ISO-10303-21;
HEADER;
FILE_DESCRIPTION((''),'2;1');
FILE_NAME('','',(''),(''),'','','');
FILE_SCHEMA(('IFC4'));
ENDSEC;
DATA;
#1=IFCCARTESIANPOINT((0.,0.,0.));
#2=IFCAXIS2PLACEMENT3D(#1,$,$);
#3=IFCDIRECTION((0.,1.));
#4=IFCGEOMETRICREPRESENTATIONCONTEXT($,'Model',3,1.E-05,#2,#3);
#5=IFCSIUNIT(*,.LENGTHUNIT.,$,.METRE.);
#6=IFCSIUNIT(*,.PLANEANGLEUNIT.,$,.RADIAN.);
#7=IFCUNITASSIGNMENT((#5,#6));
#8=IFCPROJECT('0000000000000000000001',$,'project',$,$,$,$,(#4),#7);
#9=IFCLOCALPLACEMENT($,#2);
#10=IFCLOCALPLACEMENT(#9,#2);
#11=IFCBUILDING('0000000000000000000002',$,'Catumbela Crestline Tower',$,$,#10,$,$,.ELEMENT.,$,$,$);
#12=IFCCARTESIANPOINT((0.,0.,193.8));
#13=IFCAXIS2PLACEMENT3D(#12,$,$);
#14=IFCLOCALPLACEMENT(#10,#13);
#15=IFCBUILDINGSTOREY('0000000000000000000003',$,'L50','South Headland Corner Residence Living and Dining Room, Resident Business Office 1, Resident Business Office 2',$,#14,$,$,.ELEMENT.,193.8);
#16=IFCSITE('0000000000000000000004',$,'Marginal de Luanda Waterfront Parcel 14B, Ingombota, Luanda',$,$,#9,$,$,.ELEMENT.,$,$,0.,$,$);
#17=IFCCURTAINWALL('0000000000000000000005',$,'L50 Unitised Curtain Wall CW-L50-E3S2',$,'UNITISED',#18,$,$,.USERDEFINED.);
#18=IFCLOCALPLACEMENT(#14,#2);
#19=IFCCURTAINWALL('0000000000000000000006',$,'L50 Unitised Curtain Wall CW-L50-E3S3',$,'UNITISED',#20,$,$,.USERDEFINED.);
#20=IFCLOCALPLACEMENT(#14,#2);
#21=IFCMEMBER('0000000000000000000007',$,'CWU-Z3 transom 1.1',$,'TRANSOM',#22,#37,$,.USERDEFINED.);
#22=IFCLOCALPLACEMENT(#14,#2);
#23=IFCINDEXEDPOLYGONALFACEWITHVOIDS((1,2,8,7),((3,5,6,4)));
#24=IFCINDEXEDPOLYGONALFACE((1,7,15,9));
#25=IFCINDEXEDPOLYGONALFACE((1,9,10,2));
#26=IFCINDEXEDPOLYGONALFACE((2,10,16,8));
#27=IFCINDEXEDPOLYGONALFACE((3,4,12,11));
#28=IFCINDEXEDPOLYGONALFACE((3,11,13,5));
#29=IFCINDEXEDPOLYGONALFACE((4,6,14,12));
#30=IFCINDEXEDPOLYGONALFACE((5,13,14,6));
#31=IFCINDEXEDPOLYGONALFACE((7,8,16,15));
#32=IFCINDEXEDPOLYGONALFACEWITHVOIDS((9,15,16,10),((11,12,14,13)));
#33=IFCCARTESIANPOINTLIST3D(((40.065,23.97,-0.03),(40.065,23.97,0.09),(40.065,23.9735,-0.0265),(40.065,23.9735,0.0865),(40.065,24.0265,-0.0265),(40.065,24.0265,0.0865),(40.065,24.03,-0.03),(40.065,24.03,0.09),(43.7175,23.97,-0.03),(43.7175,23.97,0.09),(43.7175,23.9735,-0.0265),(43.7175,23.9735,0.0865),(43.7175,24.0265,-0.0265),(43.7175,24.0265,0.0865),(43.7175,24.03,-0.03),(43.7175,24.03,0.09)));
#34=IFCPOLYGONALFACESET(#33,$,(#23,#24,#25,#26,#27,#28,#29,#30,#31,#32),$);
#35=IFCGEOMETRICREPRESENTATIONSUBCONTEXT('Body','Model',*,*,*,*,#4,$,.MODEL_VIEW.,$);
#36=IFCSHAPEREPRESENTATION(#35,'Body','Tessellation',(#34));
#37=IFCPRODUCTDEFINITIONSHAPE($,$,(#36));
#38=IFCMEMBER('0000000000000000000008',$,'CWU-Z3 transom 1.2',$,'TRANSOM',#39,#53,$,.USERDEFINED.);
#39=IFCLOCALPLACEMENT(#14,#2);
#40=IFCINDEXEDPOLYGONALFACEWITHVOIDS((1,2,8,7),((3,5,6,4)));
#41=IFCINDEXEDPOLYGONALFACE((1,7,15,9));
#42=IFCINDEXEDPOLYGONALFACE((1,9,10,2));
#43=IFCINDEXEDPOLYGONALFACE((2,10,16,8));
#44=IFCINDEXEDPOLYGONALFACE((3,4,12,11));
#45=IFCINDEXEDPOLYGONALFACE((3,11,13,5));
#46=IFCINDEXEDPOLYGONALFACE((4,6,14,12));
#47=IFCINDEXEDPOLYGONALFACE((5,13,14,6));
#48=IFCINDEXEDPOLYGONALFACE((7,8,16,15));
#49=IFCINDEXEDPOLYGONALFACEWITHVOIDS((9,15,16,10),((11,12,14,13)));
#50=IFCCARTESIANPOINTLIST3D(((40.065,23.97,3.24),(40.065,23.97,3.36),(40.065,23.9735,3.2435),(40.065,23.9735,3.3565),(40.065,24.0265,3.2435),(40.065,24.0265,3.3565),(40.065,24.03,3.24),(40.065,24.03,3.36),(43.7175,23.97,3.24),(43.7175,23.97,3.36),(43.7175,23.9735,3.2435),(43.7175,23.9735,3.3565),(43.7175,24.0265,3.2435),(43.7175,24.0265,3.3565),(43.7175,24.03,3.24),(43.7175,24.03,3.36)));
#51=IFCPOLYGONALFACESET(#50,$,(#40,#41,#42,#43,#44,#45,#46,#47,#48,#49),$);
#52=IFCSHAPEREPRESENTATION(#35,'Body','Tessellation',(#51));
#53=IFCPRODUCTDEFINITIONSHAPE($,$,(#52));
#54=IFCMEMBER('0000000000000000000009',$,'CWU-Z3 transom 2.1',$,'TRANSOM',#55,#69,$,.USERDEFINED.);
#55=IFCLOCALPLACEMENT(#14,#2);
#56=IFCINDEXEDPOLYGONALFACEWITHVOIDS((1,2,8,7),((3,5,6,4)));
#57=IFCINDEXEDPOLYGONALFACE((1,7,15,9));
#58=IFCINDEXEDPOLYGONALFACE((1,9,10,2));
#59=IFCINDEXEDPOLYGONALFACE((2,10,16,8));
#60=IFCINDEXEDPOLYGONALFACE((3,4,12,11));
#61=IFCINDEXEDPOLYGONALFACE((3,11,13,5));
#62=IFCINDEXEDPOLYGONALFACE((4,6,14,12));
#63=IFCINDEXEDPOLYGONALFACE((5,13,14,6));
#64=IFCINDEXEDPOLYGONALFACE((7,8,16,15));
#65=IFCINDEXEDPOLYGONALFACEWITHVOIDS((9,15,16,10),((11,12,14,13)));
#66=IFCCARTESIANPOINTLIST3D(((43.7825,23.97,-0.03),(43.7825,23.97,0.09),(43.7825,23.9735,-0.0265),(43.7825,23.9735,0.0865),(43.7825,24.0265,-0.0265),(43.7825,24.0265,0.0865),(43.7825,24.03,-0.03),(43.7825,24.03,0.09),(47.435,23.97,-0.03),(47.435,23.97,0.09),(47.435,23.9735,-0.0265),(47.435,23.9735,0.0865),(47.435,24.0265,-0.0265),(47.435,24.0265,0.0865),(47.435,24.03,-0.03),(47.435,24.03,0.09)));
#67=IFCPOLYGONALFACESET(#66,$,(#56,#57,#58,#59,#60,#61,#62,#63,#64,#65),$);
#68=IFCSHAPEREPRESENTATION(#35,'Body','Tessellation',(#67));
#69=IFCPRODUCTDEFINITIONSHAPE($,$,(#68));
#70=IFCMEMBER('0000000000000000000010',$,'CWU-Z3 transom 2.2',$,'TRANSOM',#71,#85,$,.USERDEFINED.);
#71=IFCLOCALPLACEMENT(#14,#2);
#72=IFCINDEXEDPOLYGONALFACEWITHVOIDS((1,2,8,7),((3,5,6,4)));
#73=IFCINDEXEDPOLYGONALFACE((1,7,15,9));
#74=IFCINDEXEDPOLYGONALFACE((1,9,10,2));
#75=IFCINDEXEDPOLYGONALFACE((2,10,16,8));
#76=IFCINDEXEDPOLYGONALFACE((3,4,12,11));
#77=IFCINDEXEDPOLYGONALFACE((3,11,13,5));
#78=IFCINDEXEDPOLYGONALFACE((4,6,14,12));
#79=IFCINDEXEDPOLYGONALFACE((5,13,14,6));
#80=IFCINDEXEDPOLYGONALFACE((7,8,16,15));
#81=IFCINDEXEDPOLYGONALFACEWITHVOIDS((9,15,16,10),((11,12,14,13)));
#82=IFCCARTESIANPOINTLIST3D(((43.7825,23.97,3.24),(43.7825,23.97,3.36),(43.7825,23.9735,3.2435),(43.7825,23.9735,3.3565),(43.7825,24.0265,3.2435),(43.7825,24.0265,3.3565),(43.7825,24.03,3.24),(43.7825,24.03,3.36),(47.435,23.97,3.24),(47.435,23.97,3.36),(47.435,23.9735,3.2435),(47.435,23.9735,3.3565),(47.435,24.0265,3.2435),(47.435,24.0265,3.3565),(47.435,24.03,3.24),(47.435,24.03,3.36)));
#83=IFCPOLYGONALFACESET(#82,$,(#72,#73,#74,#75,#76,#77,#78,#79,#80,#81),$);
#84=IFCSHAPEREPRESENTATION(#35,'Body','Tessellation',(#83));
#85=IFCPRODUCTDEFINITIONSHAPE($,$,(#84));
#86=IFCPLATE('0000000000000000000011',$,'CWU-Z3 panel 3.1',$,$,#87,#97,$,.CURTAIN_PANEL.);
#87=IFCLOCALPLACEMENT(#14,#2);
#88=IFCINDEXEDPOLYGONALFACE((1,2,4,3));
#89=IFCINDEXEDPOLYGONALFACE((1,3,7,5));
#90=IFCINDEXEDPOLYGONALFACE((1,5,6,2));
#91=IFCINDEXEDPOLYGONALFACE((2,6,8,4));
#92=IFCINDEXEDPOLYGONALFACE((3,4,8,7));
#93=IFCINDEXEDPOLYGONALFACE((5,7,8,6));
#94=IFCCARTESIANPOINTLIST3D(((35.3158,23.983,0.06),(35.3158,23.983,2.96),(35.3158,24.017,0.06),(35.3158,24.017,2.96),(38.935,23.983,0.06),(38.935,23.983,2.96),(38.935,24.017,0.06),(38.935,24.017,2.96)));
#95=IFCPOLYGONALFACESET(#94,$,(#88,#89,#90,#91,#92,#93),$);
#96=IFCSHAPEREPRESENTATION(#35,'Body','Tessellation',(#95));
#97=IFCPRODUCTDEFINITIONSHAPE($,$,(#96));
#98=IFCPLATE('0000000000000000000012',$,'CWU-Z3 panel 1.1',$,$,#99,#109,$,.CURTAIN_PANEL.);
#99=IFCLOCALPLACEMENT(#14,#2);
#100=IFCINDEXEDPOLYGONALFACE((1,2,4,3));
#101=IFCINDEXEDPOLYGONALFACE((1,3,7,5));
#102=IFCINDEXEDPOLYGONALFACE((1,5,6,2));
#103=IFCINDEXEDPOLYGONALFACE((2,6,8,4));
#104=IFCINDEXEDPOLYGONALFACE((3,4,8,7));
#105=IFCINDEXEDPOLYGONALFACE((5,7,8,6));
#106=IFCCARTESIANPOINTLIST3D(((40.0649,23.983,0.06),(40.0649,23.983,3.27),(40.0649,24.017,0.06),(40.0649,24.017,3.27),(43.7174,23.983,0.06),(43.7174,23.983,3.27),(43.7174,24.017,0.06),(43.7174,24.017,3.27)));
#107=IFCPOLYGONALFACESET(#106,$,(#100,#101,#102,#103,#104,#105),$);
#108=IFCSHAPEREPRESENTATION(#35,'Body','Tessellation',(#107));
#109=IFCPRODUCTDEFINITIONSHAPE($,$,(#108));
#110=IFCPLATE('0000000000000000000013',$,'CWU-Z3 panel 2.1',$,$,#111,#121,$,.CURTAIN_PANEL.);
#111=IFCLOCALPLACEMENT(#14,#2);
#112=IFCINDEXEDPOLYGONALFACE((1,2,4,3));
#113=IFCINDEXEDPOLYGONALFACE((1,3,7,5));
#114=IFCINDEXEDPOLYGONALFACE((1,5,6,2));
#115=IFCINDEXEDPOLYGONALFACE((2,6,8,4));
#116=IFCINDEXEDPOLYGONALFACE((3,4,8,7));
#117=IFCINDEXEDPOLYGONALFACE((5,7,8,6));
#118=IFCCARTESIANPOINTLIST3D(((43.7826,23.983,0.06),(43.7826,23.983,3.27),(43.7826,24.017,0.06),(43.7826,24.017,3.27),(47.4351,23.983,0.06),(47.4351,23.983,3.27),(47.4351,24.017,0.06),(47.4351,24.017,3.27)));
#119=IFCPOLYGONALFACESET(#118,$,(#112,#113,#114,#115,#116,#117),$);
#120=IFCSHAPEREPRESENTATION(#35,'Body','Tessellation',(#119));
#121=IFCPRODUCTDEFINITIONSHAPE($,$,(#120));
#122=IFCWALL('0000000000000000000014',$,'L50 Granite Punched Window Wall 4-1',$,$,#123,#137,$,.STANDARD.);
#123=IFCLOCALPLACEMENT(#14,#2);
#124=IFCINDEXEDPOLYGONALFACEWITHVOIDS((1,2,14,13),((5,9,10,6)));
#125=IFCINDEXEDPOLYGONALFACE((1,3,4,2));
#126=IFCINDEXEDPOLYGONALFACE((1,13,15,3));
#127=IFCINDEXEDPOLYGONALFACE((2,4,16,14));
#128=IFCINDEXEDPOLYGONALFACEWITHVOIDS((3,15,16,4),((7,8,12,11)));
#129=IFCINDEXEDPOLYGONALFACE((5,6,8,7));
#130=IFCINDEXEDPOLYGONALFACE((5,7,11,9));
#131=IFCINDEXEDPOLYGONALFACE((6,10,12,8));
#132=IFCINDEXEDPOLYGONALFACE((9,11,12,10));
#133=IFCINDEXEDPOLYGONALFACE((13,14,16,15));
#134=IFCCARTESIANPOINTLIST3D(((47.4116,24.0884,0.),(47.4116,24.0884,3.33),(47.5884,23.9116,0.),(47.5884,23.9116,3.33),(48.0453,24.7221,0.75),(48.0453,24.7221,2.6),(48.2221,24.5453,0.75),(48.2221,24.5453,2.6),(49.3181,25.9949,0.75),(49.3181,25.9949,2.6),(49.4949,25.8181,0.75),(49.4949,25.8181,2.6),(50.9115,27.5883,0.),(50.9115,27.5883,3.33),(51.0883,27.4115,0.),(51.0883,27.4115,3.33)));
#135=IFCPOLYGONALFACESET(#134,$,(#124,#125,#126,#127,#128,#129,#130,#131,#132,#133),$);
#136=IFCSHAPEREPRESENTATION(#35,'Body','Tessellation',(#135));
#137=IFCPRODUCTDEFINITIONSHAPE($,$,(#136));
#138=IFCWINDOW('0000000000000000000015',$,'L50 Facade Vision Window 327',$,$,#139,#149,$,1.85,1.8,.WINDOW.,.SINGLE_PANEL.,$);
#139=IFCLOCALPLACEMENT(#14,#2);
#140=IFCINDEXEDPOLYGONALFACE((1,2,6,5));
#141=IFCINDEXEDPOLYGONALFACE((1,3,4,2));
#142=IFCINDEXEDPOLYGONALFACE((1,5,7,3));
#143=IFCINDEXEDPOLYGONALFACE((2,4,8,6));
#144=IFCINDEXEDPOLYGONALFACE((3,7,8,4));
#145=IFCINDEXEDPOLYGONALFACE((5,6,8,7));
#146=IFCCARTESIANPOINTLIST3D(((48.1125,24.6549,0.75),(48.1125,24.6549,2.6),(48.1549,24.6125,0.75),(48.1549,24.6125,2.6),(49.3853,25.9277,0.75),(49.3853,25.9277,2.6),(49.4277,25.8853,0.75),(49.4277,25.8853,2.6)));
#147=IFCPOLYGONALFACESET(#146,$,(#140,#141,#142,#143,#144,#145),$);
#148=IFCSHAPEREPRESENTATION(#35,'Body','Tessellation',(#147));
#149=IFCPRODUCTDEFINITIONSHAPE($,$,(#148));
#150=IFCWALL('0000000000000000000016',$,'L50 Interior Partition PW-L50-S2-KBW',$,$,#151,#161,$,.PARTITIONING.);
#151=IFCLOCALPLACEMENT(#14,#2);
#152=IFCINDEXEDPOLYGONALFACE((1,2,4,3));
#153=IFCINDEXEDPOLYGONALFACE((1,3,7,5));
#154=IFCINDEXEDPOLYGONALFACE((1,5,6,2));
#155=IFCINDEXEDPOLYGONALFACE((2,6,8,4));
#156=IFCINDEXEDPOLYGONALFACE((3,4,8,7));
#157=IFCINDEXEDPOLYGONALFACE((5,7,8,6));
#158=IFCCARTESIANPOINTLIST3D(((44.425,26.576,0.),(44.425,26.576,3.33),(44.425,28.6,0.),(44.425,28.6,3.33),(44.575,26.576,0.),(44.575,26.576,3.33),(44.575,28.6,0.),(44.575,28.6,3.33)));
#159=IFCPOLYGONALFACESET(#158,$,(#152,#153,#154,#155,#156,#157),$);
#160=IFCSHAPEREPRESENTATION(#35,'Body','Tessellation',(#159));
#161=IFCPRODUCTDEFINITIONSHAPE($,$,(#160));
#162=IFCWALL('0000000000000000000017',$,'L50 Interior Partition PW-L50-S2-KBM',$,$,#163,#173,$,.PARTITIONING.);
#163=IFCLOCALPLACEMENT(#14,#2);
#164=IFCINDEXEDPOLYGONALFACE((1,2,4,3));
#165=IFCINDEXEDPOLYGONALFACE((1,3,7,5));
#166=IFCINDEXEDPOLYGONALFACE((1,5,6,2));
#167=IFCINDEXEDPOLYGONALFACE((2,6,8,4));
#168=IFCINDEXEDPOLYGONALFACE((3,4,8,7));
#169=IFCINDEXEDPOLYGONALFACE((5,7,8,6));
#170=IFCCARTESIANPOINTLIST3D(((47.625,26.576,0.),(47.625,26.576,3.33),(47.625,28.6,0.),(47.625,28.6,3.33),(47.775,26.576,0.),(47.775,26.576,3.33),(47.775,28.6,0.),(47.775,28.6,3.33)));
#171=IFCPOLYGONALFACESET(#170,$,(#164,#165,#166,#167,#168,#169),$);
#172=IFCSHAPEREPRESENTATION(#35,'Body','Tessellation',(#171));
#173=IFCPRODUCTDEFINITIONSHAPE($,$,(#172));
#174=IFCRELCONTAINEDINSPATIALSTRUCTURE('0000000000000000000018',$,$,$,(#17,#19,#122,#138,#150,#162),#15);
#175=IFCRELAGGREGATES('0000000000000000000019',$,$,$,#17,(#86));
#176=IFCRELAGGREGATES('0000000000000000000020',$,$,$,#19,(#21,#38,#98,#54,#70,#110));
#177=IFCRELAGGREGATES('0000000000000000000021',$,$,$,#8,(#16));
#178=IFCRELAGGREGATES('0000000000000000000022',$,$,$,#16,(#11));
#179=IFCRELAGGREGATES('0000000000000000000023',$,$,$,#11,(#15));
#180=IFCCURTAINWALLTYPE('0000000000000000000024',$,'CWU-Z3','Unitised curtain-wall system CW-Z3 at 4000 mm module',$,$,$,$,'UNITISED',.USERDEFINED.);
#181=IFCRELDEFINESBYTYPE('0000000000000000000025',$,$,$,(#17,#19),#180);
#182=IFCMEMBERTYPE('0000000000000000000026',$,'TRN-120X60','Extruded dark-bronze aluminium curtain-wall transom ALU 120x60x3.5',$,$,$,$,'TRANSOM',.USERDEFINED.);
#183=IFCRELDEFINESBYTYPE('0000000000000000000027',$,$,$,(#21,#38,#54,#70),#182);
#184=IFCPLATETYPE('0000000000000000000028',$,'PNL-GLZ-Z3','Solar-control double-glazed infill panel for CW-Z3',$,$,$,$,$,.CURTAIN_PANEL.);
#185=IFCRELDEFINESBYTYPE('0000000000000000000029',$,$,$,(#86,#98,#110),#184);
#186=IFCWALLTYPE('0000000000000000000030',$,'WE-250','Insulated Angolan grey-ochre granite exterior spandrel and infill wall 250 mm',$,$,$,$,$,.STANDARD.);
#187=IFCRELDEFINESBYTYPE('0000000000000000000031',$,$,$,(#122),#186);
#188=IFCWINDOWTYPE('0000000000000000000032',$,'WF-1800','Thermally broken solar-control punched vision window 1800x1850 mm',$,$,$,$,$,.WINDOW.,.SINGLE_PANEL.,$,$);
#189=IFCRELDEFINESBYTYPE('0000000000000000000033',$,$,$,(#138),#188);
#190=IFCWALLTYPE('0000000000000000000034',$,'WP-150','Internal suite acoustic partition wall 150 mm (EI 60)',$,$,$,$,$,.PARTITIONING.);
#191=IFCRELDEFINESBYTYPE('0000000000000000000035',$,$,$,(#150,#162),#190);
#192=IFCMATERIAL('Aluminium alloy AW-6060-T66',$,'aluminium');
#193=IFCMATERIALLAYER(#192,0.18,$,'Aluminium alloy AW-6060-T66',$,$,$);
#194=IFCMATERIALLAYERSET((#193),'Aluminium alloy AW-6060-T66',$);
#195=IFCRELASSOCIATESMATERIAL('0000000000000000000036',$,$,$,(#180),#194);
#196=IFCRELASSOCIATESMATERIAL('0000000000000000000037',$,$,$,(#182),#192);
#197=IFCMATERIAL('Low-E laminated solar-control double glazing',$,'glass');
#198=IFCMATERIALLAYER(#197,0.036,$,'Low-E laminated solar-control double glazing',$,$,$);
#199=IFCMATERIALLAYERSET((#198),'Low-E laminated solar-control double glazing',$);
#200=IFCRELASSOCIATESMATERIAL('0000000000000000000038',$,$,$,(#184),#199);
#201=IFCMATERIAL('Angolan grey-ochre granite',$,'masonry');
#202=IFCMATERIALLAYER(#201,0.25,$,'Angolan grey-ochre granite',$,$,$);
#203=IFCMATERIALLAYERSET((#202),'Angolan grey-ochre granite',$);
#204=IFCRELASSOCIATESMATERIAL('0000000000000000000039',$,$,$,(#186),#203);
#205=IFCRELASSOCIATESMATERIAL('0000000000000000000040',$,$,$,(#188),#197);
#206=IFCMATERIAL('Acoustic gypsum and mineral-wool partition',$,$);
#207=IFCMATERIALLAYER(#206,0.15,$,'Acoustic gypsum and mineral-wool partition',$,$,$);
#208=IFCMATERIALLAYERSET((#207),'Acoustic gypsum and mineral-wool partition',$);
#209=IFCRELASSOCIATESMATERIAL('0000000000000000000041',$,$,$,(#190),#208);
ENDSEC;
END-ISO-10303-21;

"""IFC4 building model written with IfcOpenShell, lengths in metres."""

from ifc_helpers import new_model, si_unit, direction, frame, frame_2d, origin, origin_2d, place, context, subcontext, project, spatial, rectangle, hollow_rectangle, extrude, material, layer, layer_set, material_profile, profile_set, type_object, element, fill, aggregate, save


model = new_model("IFC4")

# Units and contexts
model_context = context("Model", 3, precision=1e-05, world=origin(), true_north=direction((0.0, 1.0)))
body_context = subcontext(model_context, "Body", "Model", "MODEL_VIEW")
ifc_project = project(units=[si_unit("LENGTHUNIT", "METRE"), si_unit("PLANEANGLEUNIT", "RADIAN")], contexts=[model_context])

# Site, building, storey
site_placement = place(None, origin())
site = spatial("IfcSite", under=ifc_project, at=site_placement, Name="Marginal de Luanda Waterfront Parcel 14B, Ingombota, Luanda", CompositionType="ELEMENT", RefElevation=0.0)
building_placement = place(site_placement, origin())
building = spatial("IfcBuilding", under=site, at=building_placement, Name="Catumbela Crestline Tower", CompositionType="ELEMENT")
storey_placement = place(building_placement, frame((0.0, 0.0, 193.8)))
storey = spatial("IfcBuildingStorey", under=building, at=storey_placement, Name="L50", Description="South Headland Corner Residence Living and Dining Room, Resident Business Office 1, Resident Business Office 2", CompositionType="ELEMENT", Elevation=193.8)

# Curtain wall
ifc_material_1 = material(Name="Aluminium alloy AW-6060-T66", Category="aluminium")
ifc_layer_1 = layer(ifc_material_1, 0.18, Name="Aluminium alloy AW-6060-T66")
ifc_layer_set_1 = layer_set([ifc_layer_1], Name="Aluminium alloy AW-6060-T66")
curtain_wall_type = type_object("IfcCurtainWallType", Name="CWU-Z3", Description="Unitised curtain-wall system CW-Z3 at 4000 mm module", ElementType="UNITISED", PredefinedType="USERDEFINED", material=ifc_layer_set_1)
curtain_wall_1_placement = place(storey_placement, origin())
curtain_wall_1 = element("IfcCurtainWall", 1, at=curtain_wall_1_placement, inside=storey, type_object=curtain_wall_type, Name="L50 Unitised Curtain Wall CW-L50-E3S2", ObjectType="UNITISED", PredefinedType="USERDEFINED")

# Curtain wall, members
curtain_wall_2_placement = place(storey_placement, origin())
curtain_wall_2 = element("IfcCurtainWall", 2, at=curtain_wall_2_placement, inside=storey, type_object=curtain_wall_type, Name="L50 Unitised Curtain Wall CW-L50-E3S3", ObjectType="UNITISED", PredefinedType="USERDEFINED")
ifc_material_profile_1 = material_profile(ifc_material_1, hollow_rectangle(XDim=0.06, YDim=0.12, WallThickness=0.0035, at=origin_2d()), Name="ALU 120x60x3.5")
ifc_profile_set_1 = profile_set([ifc_material_profile_1], Name="Aluminium alloy AW-6060-T66")
member_type_1 = type_object("IfcMemberType", Name="TRN-120X60", Description="Extruded dark-bronze aluminium curtain-wall transom ALU 120x60x3.5", ElementType="TRANSOM", PredefinedType="USERDEFINED", material=ifc_profile_set_1)
member_1_placement = place(storey_placement, frame((40.065, 24.0, 0.03), z_axis=(1.0, 0.0, 0.0), x_axis=(0.0, 1.0, 0.0)))
member_1 = element("IfcMember", 3, at=member_1_placement, type_object=member_type_1, Name="CWU-Z3 transom 1.1", ObjectType="TRANSOM", PredefinedType="USERDEFINED", context=body_context, shape_type="SweptSolid", body=[
    extrude(hollow_rectangle(XDim=0.06, YDim=0.12, WallThickness=0.0035, at=origin_2d()), origin(), (0.0, 0.0, 1.0), 3.6525),
])
member_2_placement = place(storey_placement, frame((40.065, 24.0, 3.3), z_axis=(1.0, 0.0, 0.0), x_axis=(0.0, 1.0, 0.0)))
member_2 = element("IfcMember", 4, at=member_2_placement, type_object=member_type_1, Name="CWU-Z3 transom 1.2", ObjectType="TRANSOM", PredefinedType="USERDEFINED", context=body_context, shape_type="SweptSolid", body=[
    extrude(hollow_rectangle(XDim=0.06, YDim=0.12, WallThickness=0.0035, at=origin_2d()), origin(), (0.0, 0.0, 1.0), 3.6525),
])
member_3_placement = place(storey_placement, frame((43.7825, 24.0, 0.03), z_axis=(1.0, 0.0, 0.0), x_axis=(0.0, 1.0, 0.0)))
member_3 = element("IfcMember", 5, at=member_3_placement, type_object=member_type_1, Name="CWU-Z3 transom 2.1", ObjectType="TRANSOM", PredefinedType="USERDEFINED", context=body_context, shape_type="SweptSolid", body=[
    extrude(hollow_rectangle(XDim=0.06, YDim=0.12, WallThickness=0.0035, at=origin_2d()), origin(), (0.0, 0.0, 1.0), 3.6525),
])
member_4_placement = place(storey_placement, frame((43.7825, 24.0, 3.3), z_axis=(1.0, 0.0, 0.0), x_axis=(0.0, 1.0, 0.0)))
member_4 = element("IfcMember", 6, at=member_4_placement, type_object=member_type_1, Name="CWU-Z3 transom 2.2", ObjectType="TRANSOM", PredefinedType="USERDEFINED", context=body_context, shape_type="SweptSolid", body=[
    extrude(hollow_rectangle(XDim=0.06, YDim=0.12, WallThickness=0.0035, at=origin_2d()), origin(), (0.0, 0.0, 1.0), 3.6525),
])

# Plates
ifc_material_2 = material(Name="Low-E laminated solar-control double glazing", Category="glass")
ifc_layer_2 = layer(ifc_material_2, 0.036, Name="Low-E laminated solar-control double glazing")
ifc_layer_set_2 = layer_set([ifc_layer_2], Name="Low-E laminated solar-control double glazing")
plate_type = type_object("IfcPlateType", Name="PNL-GLZ-Z3", Description="Solar-control double-glazed infill panel for CW-Z3", PredefinedType="CURTAIN_PANEL", material=ifc_layer_set_2)
plate_1_placement = place(storey_placement, frame((37.1254, 24.0, 0.06), z_axis=(0.0, 0.0, 1.0), x_axis=(1.0, 0.0, 0.0)))
plate_1 = element("IfcPlate", 7, at=plate_1_placement, type_object=plate_type, Name="CWU-Z3 panel 3.1", PredefinedType="CURTAIN_PANEL", context=body_context, shape_type="SweptSolid", body=[
    extrude(rectangle(XDim=3.6192, YDim=0.034, at=origin_2d()), origin(), (0.0, 0.0, 1.0), 2.9),
])
aggregate(curtain_wall_1, [plate_1])
plate_2_placement = place(storey_placement, frame((41.8912, 24.0, 0.06), z_axis=(0.0, 0.0, 1.0), x_axis=(1.0, 0.0, 0.0)))
plate_2 = element("IfcPlate", 8, at=plate_2_placement, type_object=plate_type, Name="CWU-Z3 panel 1.1", PredefinedType="CURTAIN_PANEL", context=body_context, shape_type="SweptSolid", body=[
    extrude(rectangle(XDim=3.6525, YDim=0.034, at=origin_2d()), origin(), (0.0, 0.0, 1.0), 3.21),
])
plate_3_placement = place(storey_placement, frame((45.6088, 24.0, 0.06), z_axis=(0.0, 0.0, 1.0), x_axis=(1.0, 0.0, 0.0)))
plate_3 = element("IfcPlate", 9, at=plate_3_placement, type_object=plate_type, Name="CWU-Z3 panel 2.1", PredefinedType="CURTAIN_PANEL", context=body_context, shape_type="SweptSolid", body=[
    extrude(rectangle(XDim=3.6525, YDim=0.034, at=origin_2d()), origin(), (0.0, 0.0, 1.0), 3.21),
])
aggregate(curtain_wall_2, [member_1, member_2, plate_2, member_3, member_4, plate_3])

# Wall, opening, window
ifc_material_3 = material(Name="Angolan grey-ochre granite", Category="masonry")
ifc_layer_3 = layer(ifc_material_3, 0.25, Name="Angolan grey-ochre granite")
ifc_layer_set_3 = layer_set([ifc_layer_3], Name="Angolan grey-ochre granite")
wall_type_1 = type_object("IfcWallType", Name="WE-250", Description="Insulated Angolan grey-ochre granite exterior spandrel and infill wall 250 mm", PredefinedType="STANDARD", material=ifc_layer_set_3)
wall_1_placement = place(storey_placement, frame((47.5, 24.0, 0.0), z_axis=(0.0, 0.0, 1.0), x_axis=(0.707107, 0.707107, 0.0)))
wall_1 = element("IfcWall", 10, at=wall_1_placement, inside=storey, type_object=wall_type_1, Name="L50 Granite Punched Window Wall 4-1", PredefinedType="STANDARD", context=body_context, shape_type="SweptSolid", body=[
    extrude(rectangle(XDim=4.9497, YDim=0.25, at=frame_2d((2.4748, 0.0))), origin(), (0.0, 0.0, 1.0), 3.33),
])
opening_1_placement = place(wall_1_placement, frame((0.8962, 0.0, 0.75)))
opening_1 = element("IfcOpeningElement", 11, at=opening_1_placement, cuts=wall_1, PredefinedType="OPENING", context=body_context, shape_type="SweptSolid", body=[
    extrude(rectangle(XDim=1.8, YDim=1.85, at=frame_2d((0.9, 0.925))), frame((0.0, 0.135, 0.0), z_axis=(0.0, -1.0, 0.0), x_axis=(1.0, 0.0, 0.0)), (0.0, 0.0, 1.0), 0.27),
])
window_type = type_object("IfcWindowType", Name="WF-1800", Description="Thermally broken solar-control punched vision window 1800x1850 mm", PartitioningType="SINGLE_PANEL", PredefinedType="WINDOW", material=ifc_material_2)
window_placement = place(opening_1_placement, origin())
window = element("IfcWindow", 12, at=window_placement, inside=storey, type_object=window_type, Name="L50 Facade Vision Window 327", OverallHeight=1.85, OverallWidth=1.8, PartitioningType="SINGLE_PANEL", PredefinedType="WINDOW", context=body_context, shape_type="SweptSolid", body=[
    extrude(rectangle(XDim=1.8, YDim=1.85, at=frame_2d((0.9, 0.925))), frame((0.0, 0.03, 0.0), z_axis=(0.0, -1.0, 0.0), x_axis=(1.0, 0.0, 0.0)), (0.0, 0.0, 1.0), 0.06),
])
fill(opening_1, window)

# Walls
ifc_material_4 = material(Name="Acoustic gypsum and mineral-wool partition")
ifc_layer_4 = layer(ifc_material_4, 0.15, Name="Acoustic gypsum and mineral-wool partition")
ifc_layer_set_4 = layer_set([ifc_layer_4], Name="Acoustic gypsum and mineral-wool partition")
wall_type_2 = type_object("IfcWallType", Name="WP-150", Description="Internal suite acoustic partition wall 150 mm (EI 60)", PredefinedType="PARTITIONING", material=ifc_layer_set_4)
for number, where, z_axis, x_axis, name in (
    (13, (44.5, 26.576, 0.0), (0.0, 0.0, 1.0), (0.0, 1.0, 0.0), "L50 Interior Partition PW-L50-S2-KBW"),
    (14, (47.7, 26.576, 0.0), (0.0, 0.0, 1.0), (0.0, 1.0, 0.0), "L50 Interior Partition PW-L50-S2-KBM"),
):
    element("IfcWall", number, at=place(storey_placement, frame(where, z_axis=z_axis, x_axis=x_axis)), inside=storey, type_object=wall_type_2, Name=name, PredefinedType="PARTITIONING", context=body_context, shape_type="SweptSolid", body=[
        extrude(rectangle(XDim=2.024, YDim=0.15, at=frame_2d((1.012, 0.0))), origin(), (0.0, 0.0, 1.0), 3.33),
    ])

save(model, "model.ifc")
